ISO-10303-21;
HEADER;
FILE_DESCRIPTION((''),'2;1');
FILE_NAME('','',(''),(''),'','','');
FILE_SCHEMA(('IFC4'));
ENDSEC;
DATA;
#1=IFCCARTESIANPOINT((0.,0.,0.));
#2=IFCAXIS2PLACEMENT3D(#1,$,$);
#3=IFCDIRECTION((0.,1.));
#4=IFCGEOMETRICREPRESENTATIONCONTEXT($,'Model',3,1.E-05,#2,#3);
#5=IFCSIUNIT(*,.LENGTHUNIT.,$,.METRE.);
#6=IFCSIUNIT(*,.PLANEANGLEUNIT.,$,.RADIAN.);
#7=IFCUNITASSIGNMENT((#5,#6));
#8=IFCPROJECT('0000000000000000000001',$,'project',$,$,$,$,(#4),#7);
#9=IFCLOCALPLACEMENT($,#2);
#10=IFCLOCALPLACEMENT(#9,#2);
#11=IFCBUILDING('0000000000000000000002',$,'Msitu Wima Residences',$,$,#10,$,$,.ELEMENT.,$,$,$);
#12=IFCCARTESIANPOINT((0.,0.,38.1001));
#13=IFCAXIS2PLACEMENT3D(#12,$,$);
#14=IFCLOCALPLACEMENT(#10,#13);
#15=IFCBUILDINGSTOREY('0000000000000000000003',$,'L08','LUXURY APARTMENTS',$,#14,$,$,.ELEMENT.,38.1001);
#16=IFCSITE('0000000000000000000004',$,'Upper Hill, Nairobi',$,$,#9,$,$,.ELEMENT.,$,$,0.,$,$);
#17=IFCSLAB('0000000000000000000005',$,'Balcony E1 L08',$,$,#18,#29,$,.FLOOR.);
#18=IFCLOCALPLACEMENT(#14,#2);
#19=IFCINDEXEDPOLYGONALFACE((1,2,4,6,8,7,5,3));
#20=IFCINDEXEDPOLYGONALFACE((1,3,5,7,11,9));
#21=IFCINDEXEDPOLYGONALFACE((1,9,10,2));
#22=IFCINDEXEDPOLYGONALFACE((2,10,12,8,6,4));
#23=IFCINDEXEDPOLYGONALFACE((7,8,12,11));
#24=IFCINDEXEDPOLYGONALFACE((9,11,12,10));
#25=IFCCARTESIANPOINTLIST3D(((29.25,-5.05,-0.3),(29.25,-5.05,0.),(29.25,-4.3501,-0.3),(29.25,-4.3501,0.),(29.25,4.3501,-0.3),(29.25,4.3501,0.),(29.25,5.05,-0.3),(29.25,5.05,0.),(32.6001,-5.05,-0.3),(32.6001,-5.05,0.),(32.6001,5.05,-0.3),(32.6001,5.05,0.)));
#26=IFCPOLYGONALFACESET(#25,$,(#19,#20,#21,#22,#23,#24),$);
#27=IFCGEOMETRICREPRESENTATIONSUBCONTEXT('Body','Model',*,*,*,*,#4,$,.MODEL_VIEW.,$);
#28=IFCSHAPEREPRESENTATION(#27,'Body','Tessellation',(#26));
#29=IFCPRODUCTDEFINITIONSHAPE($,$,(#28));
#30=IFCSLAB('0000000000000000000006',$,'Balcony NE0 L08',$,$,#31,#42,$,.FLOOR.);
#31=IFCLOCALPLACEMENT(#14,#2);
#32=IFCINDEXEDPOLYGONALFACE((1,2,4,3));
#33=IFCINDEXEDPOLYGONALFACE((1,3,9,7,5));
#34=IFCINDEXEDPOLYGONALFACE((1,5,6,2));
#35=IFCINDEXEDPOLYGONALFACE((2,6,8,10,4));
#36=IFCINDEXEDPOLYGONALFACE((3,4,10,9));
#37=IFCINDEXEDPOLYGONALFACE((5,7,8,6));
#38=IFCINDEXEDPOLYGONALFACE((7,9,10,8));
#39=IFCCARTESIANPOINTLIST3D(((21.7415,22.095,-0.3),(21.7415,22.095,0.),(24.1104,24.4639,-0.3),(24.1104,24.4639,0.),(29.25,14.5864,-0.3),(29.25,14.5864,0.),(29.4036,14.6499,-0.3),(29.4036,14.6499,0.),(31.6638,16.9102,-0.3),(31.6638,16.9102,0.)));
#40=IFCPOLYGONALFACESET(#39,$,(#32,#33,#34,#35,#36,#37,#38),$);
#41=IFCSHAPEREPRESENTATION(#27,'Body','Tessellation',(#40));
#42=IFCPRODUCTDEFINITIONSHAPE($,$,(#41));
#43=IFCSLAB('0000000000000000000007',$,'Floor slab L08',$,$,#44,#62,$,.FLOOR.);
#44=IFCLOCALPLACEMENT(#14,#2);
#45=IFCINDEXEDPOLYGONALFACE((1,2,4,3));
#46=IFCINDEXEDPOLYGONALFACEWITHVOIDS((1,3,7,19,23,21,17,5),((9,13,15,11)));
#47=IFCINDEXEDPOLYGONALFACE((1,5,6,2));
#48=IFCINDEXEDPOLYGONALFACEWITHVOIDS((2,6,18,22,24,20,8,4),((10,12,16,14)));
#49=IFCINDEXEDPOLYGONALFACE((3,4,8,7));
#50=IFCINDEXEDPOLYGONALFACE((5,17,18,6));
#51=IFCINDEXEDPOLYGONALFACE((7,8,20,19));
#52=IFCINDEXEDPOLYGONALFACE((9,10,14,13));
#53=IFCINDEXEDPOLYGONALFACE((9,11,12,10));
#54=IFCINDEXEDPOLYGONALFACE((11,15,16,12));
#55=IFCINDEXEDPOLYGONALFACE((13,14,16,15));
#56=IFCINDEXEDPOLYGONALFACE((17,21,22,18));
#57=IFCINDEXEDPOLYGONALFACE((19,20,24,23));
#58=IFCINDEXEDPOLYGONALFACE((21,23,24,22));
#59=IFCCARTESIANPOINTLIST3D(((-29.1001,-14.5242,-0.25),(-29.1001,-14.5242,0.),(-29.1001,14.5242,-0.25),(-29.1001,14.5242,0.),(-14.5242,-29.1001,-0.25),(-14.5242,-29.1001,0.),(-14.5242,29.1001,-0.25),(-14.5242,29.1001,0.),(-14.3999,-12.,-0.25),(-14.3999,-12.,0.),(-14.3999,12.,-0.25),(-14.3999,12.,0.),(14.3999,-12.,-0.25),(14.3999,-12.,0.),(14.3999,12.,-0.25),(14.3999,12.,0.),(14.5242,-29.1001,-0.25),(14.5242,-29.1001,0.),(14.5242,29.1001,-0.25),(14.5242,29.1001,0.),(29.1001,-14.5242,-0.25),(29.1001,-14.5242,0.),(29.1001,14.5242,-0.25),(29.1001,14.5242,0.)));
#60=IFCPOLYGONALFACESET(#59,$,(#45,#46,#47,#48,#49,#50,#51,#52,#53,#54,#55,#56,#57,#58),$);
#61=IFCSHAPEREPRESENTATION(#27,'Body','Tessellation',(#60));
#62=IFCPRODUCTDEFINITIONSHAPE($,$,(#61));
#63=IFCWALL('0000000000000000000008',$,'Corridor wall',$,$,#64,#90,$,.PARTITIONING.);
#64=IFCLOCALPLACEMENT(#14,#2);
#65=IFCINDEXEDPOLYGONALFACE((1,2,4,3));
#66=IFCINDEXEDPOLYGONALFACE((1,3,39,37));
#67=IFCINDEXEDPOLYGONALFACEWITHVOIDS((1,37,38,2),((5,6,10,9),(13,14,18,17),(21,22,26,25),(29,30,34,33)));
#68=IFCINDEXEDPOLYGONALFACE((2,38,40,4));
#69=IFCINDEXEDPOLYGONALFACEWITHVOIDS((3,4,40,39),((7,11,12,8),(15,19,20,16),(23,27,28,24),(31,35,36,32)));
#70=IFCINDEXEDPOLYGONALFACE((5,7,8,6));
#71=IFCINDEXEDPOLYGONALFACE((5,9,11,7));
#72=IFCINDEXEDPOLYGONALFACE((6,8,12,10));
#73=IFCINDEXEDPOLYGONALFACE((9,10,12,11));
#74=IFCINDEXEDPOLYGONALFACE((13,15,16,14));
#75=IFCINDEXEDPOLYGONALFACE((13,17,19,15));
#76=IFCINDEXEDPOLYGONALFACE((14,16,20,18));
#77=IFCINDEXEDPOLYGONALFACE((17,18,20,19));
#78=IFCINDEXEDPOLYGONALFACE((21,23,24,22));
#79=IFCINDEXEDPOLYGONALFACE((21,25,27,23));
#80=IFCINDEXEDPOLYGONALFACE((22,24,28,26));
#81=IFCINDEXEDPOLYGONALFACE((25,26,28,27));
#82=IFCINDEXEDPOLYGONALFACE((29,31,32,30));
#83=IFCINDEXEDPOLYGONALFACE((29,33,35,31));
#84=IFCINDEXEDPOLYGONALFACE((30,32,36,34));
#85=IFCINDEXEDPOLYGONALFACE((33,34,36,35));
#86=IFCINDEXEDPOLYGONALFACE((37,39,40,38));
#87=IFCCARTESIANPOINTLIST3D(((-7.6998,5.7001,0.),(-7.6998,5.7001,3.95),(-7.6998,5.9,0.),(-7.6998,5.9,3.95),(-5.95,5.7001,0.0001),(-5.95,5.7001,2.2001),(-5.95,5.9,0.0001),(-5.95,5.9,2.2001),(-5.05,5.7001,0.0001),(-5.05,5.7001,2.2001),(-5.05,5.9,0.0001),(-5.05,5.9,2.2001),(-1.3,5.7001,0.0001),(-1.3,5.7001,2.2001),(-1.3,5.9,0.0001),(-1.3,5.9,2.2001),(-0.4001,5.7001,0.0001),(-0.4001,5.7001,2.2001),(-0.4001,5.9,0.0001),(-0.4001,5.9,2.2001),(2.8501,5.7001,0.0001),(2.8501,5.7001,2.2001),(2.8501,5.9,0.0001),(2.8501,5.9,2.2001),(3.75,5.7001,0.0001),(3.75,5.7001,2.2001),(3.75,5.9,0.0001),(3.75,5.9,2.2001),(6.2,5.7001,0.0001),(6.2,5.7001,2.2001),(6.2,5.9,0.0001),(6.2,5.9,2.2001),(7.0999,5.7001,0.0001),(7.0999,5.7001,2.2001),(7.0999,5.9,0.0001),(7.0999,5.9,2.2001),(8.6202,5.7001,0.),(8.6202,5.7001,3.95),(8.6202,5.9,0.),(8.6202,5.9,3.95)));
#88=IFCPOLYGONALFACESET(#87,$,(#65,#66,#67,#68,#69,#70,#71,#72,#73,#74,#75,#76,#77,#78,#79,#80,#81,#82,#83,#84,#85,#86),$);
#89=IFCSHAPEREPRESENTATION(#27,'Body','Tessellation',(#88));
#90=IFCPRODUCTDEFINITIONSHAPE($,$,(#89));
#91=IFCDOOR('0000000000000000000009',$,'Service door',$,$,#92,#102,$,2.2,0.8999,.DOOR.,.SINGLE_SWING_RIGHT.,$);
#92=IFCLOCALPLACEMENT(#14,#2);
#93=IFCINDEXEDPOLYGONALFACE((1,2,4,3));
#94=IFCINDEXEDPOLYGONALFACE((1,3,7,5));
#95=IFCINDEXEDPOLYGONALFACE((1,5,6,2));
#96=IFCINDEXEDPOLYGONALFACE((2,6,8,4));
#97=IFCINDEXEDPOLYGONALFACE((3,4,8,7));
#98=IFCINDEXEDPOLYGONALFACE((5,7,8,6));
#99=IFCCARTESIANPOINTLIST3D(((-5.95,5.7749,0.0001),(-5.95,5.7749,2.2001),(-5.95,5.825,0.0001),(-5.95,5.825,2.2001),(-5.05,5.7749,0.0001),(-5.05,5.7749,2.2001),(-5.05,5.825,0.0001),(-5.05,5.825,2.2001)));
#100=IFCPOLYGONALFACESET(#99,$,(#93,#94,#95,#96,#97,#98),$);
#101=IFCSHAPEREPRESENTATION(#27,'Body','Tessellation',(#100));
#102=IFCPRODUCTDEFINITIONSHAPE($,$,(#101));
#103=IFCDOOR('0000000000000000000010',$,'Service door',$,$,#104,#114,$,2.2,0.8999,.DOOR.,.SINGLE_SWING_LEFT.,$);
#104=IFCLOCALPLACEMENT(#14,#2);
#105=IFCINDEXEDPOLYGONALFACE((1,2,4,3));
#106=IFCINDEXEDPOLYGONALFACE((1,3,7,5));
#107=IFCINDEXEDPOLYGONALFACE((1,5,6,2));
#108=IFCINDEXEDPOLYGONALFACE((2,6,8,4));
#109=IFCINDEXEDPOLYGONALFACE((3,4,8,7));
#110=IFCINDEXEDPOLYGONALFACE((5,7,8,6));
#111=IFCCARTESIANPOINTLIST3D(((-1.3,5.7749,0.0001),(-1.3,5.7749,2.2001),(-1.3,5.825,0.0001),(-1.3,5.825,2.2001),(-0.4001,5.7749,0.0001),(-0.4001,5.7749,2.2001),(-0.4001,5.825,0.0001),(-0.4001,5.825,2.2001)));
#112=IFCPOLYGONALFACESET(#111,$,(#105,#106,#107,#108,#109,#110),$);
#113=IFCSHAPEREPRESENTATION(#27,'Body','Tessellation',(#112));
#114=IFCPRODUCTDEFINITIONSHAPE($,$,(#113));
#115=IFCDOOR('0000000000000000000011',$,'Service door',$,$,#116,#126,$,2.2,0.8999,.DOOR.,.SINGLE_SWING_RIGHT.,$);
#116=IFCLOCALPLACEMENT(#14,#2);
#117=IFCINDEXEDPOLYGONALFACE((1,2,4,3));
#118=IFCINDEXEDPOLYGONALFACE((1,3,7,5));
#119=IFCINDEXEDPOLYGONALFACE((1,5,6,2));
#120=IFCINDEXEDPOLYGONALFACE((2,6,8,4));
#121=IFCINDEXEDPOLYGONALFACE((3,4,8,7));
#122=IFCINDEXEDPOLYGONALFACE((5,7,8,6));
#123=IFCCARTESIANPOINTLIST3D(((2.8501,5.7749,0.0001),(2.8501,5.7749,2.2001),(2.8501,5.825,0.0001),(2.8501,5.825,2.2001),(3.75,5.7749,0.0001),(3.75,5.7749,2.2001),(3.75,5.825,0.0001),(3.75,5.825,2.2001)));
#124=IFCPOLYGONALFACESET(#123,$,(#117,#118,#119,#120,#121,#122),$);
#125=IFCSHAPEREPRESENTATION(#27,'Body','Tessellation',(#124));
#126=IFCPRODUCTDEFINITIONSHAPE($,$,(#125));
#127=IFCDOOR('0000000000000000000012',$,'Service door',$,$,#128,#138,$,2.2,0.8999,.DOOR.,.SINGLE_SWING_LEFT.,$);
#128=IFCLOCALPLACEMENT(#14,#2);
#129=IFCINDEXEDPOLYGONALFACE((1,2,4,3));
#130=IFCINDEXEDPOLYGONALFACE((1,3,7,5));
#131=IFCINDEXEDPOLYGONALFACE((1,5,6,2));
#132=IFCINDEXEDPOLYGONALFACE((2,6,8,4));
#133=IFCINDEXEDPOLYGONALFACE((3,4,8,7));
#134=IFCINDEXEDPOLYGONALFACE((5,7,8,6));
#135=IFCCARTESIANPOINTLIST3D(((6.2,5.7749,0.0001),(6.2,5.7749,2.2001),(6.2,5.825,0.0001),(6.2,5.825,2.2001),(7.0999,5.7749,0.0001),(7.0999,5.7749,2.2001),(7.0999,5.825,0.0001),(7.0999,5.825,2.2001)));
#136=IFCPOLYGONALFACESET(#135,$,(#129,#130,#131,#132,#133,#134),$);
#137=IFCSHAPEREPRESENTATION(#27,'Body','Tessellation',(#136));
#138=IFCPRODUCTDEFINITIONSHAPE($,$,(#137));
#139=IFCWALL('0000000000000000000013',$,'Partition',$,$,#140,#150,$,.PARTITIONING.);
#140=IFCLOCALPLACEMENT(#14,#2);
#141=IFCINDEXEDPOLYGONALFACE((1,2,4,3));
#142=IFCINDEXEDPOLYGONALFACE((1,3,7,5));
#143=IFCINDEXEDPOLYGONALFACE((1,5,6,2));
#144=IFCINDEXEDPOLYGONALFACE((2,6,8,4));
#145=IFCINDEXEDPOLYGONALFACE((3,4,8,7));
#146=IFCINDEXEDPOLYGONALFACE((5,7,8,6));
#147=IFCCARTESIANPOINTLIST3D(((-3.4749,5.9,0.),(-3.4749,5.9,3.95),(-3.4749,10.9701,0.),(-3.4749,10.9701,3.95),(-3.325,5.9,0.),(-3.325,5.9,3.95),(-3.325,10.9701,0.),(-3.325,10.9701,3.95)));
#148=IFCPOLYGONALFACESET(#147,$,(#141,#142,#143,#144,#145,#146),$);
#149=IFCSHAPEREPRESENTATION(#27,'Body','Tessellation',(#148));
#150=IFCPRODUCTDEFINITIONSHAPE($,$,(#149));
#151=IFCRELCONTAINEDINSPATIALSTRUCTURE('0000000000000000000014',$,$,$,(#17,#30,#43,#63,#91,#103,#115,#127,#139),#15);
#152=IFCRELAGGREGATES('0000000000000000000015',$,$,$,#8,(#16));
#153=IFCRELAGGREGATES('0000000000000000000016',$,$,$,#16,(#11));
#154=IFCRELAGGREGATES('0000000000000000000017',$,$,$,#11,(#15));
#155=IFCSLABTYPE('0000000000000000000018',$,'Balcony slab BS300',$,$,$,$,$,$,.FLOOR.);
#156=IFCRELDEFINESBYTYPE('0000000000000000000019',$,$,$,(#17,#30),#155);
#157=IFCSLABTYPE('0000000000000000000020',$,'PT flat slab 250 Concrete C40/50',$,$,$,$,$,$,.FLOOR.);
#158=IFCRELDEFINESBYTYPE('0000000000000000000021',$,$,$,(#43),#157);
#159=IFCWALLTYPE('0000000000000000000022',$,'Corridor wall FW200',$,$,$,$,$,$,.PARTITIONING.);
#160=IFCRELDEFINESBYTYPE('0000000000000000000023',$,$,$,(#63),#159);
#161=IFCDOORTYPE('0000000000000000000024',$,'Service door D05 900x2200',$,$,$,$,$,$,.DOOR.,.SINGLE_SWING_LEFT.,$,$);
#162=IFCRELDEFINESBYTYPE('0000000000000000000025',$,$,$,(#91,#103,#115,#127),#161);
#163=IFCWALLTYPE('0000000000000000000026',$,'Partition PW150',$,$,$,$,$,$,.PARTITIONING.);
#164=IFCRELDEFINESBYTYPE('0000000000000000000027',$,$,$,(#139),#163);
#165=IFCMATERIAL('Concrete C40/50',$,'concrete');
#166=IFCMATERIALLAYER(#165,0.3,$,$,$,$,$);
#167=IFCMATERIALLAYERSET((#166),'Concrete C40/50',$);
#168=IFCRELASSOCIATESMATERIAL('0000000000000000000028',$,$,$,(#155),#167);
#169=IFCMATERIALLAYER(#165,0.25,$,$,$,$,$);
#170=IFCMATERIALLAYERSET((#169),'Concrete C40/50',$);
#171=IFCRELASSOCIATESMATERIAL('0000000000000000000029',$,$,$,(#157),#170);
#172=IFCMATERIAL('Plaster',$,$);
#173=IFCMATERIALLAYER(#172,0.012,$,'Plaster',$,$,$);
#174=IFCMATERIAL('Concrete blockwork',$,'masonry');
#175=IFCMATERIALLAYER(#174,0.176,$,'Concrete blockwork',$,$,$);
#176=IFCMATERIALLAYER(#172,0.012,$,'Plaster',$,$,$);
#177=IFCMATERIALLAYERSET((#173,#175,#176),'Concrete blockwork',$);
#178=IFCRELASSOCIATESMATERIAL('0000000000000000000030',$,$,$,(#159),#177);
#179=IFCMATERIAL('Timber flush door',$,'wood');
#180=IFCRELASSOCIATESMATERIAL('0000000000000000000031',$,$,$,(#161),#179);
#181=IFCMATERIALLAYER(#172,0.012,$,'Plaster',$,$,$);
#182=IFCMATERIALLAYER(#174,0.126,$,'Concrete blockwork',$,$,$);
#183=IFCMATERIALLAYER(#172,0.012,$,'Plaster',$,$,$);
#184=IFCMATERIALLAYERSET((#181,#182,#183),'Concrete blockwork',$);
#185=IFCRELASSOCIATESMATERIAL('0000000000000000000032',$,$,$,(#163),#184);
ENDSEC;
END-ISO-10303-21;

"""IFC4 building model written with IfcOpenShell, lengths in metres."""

from ifc_helpers import new_model, si_unit, direction, frame, frame_2d, origin, place, context, subcontext, project, spatial, polyline, rectangle, outline, extrude, material, layer, layer_set, type_object, element, fill, save


model = new_model("IFC4")

# Units and contexts
model_context = context("Model", 3, precision=1e-05, world=origin(), true_north=direction((0.0, 1.0)))
body_context = subcontext(model_context, "Body", "Model", "MODEL_VIEW")
ifc_project = project(units=[si_unit("LENGTHUNIT", "METRE"), si_unit("PLANEANGLEUNIT", "RADIAN")], contexts=[model_context])

# Site, building, storey
site_placement = place(None, origin())
site = spatial("IfcSite", under=ifc_project, at=site_placement, Name="Upper Hill, Nairobi", CompositionType="ELEMENT", RefElevation=0.0)
building_placement = place(site_placement, origin())
building = spatial("IfcBuilding", under=site, at=building_placement, Name="Msitu Wima Residences", CompositionType="ELEMENT")
storey_placement = place(building_placement, frame((0.0, 0.0, 38.1001)))
storey = spatial("IfcBuildingStorey", under=building, at=storey_placement, Name="L08", Description="LUXURY APARTMENTS", CompositionType="ELEMENT", Elevation=38.1001)

# Slabs
ifc_material_1 = material(Name="Concrete C40/50", Category="concrete")
ifc_layer_1 = layer(ifc_material_1, 0.3)
ifc_layer_set_1 = layer_set([ifc_layer_1], Name="Concrete C40/50")
slab_type_1 = type_object("IfcSlabType", Name="Balcony slab BS300", PredefinedType="FLOOR", material=ifc_layer_set_1)
slab_1_placement = place(storey_placement, frame((0.0, 0.0, -0.3)))
element("IfcSlab", 1, at=slab_1_placement, inside=storey, type_object=slab_type_1, Name="Balcony E1 L08", PredefinedType="FLOOR", context=body_context, shape_type="SweptSolid", body=[
    extrude(outline(polyline([(29.25, -4.3501), (29.25, 4.3501), (29.25, 5.05), (32.6001, 5.05), (32.6001, -5.05), (29.25, -5.05), (29.25, -4.3501)])), origin(), (0.0, 0.0, 1.0), 0.3),
])
slab_2_placement = place(storey_placement, frame((0.0, 0.0, -0.3)))
element("IfcSlab", 2, at=slab_2_placement, inside=storey, type_object=slab_type_1, Name="Balcony NE0 L08", PredefinedType="FLOOR", context=body_context, shape_type="SweptSolid", body=[
    extrude(outline(polyline([(24.1104, 24.4639), (31.6638, 16.9102), (29.4036, 14.6499), (29.25, 14.5864), (21.7415, 22.095), (24.1104, 24.4639)])), origin(), (0.0, 0.0, 1.0), 0.3),
])
ifc_layer_2 = layer(ifc_material_1, 0.25)
ifc_layer_set_2 = layer_set([ifc_layer_2], Name="Concrete C40/50")
slab_type_2 = type_object("IfcSlabType", Name="PT flat slab 250 Concrete C40/50", PredefinedType="FLOOR", material=ifc_layer_set_2)
slab_3_placement = place(storey_placement, frame((0.0, 0.0, -0.25)))
element("IfcSlab", 3, at=slab_3_placement, inside=storey, type_object=slab_type_2, Name="Floor slab L08", PredefinedType="FLOOR", context=body_context, shape_type="SweptSolid", body=[
    extrude(outline(polyline([(29.1001, -14.5242), (14.5242, -29.1001), (-14.5242, -29.1001), (-29.1001, -14.5242), (-29.1001, 14.5242), (-14.5242, 29.1001), (14.5242, 29.1001), (29.1001, 14.5242), (29.1001, -14.5242)]), holes=[polyline([(-14.3999, -12.0), (14.3999, -12.0), (14.3999, 12.0), (-14.3999, 12.0), (-14.3999, -12.0)])]), origin(), (0.0, 0.0, 1.0), 0.25),
])

# Shared definitions
ifc_material_2 = material(Name="Plaster")
ifc_layer_3 = layer(ifc_material_2, 0.012, Name="Plaster")
ifc_material_3 = material(Name="Concrete blockwork", Category="masonry")
ifc_layer_4 = layer(ifc_material_3, 0.176, Name="Concrete blockwork")
ifc_layer_5 = layer(ifc_material_2, 0.012, Name="Plaster")
ifc_layer_set_3 = layer_set([ifc_layer_3, ifc_layer_4, ifc_layer_5], Name="Concrete blockwork")
wall_type_1 = type_object("IfcWallType", Name="Corridor wall FW200", PredefinedType="PARTITIONING", material=ifc_layer_set_3)

# Wall, openings, doors
wall_1_placement = place(storey_placement, frame((-7.7, 5.8, 0.0), z_axis=(0.0, 0.0, 1.0), x_axis=(1.0, 0.0, 0.0)))
wall_1 = element("IfcWall", 4, at=wall_1_placement, inside=storey, type_object=wall_type_1, Name="Corridor wall", PredefinedType="PARTITIONING", context=body_context, shape_type="SweptSolid", body=[
    extrude(rectangle(XDim=16.3201, YDim=0.2, at=frame_2d((8.1602, 0.0))), origin(), (0.0, 0.0, 1.0), 3.95),
])
opening_1_placement = place(wall_1_placement, frame((1.75, 0.0, 0.0)))
opening_1 = element("IfcOpeningElement", 5, at=opening_1_placement, cuts=wall_1, PredefinedType="OPENING", context=body_context, shape_type="SweptSolid", body=[
    extrude(rectangle(XDim=0.8999, YDim=2.2, at=frame_2d((0.45, 1.1001))), frame((0.0, 0.1099, 0.0), z_axis=(0.0, -1.0, 0.0), x_axis=(1.0, 0.0, 0.0)), (0.0, 0.0, 1.0), 0.22),
])
opening_2_placement = place(wall_1_placement, frame((6.3999, 0.0, 0.0)))
opening_2 = element("IfcOpeningElement", 6, at=opening_2_placement, cuts=wall_1, PredefinedType="OPENING", context=body_context, shape_type="SweptSolid", body=[
    extrude(rectangle(XDim=0.8999, YDim=2.2, at=frame_2d((0.45, 1.1001))), frame((0.0, 0.1099, 0.0), z_axis=(0.0, -1.0, 0.0), x_axis=(1.0, 0.0, 0.0)), (0.0, 0.0, 1.0), 0.22),
])
opening_3_placement = place(wall_1_placement, frame((10.55, 0.0, 0.0)))
opening_3 = element("IfcOpeningElement", 7, at=opening_3_placement, cuts=wall_1, PredefinedType="OPENING", context=body_context, shape_type="SweptSolid", body=[
    extrude(rectangle(XDim=0.8999, YDim=2.2, at=frame_2d((0.45, 1.1001))), frame((0.0, 0.1099, 0.0), z_axis=(0.0, -1.0, 0.0), x_axis=(1.0, 0.0, 0.0)), (0.0, 0.0, 1.0), 0.22),
])
opening_4_placement = place(wall_1_placement, frame((13.8999, 0.0, 0.0)))
opening_4 = element("IfcOpeningElement", 8, at=opening_4_placement, cuts=wall_1, PredefinedType="OPENING", context=body_context, shape_type="SweptSolid", body=[
    extrude(rectangle(XDim=0.8999, YDim=2.2, at=frame_2d((0.45, 1.1001))), frame((0.0, 0.1099, 0.0), z_axis=(0.0, -1.0, 0.0), x_axis=(1.0, 0.0, 0.0)), (0.0, 0.0, 1.0), 0.22),
])
ifc_material_4 = material(Name="Timber flush door", Category="wood")
door_type_1 = type_object("IfcDoorType", Name="Service door D05 900x2200", OperationType="SINGLE_SWING_LEFT", PredefinedType="DOOR", material=ifc_material_4)
door_1_placement = place(opening_1_placement, origin())
door_1 = element("IfcDoor", 9, at=door_1_placement, inside=storey, type_object=door_type_1, Name="Service door", OperationType="SINGLE_SWING_RIGHT", OverallHeight=2.2, OverallWidth=0.8999, PredefinedType="DOOR", context=body_context, shape_type="SweptSolid", body=[
    extrude(rectangle(XDim=0.8999, YDim=2.2, at=frame_2d((0.45, 1.1001))), frame((0.0, 0.0249, 0.0), z_axis=(0.0, -1.0, 0.0), x_axis=(1.0, 0.0, 0.0)), (0.0, 0.0, 1.0), 0.05),
])
fill(opening_1, door_1)
door_2_placement = place(opening_2_placement, origin())
door_2 = element("IfcDoor", 10, at=door_2_placement, inside=storey, type_object=door_type_1, Name="Service door", OperationType="SINGLE_SWING_LEFT", OverallHeight=2.2, OverallWidth=0.8999, PredefinedType="DOOR", context=body_context, shape_type="SweptSolid", body=[
    extrude(rectangle(XDim=0.8999, YDim=2.2, at=frame_2d((0.45, 1.1001))), frame((0.0, 0.0249, 0.0), z_axis=(0.0, -1.0, 0.0), x_axis=(1.0, 0.0, 0.0)), (0.0, 0.0, 1.0), 0.05),
])
fill(opening_2, door_2)
door_3_placement = place(opening_3_placement, origin())
door_3 = element("IfcDoor", 11, at=door_3_placement, inside=storey, type_object=door_type_1, Name="Service door", OperationType="SINGLE_SWING_RIGHT", OverallHeight=2.2, OverallWidth=0.8999, PredefinedType="DOOR", context=body_context, shape_type="SweptSolid", body=[
    extrude(rectangle(XDim=0.8999, YDim=2.2, at=frame_2d((0.45, 1.1001))), frame((0.0, 0.0249, 0.0), z_axis=(0.0, -1.0, 0.0), x_axis=(1.0, 0.0, 0.0)), (0.0, 0.0, 1.0), 0.05),
])
fill(opening_3, door_3)
door_4_placement = place(opening_4_placement, origin())
door_4 = element("IfcDoor", 12, at=door_4_placement, inside=storey, type_object=door_type_1, Name="Service door", OperationType="SINGLE_SWING_LEFT", OverallHeight=2.2, OverallWidth=0.8999, PredefinedType="DOOR", context=body_context, shape_type="SweptSolid", body=[
    extrude(rectangle(XDim=0.8999, YDim=2.2, at=frame_2d((0.45, 1.1001))), frame((0.0, 0.0249, 0.0), z_axis=(0.0, -1.0, 0.0), x_axis=(1.0, 0.0, 0.0)), (0.0, 0.0, 1.0), 0.05),
])
fill(opening_4, door_4)

# Wall
ifc_layer_6 = layer(ifc_material_2, 0.012, Name="Plaster")
ifc_layer_7 = layer(ifc_material_3, 0.126, Name="Concrete blockwork")
ifc_layer_8 = layer(ifc_material_2, 0.012, Name="Plaster")
ifc_layer_set_4 = layer_set([ifc_layer_6, ifc_layer_7, ifc_layer_8], Name="Concrete blockwork")
wall_type_2 = type_object("IfcWallType", Name="Partition PW150", PredefinedType="PARTITIONING", material=ifc_layer_set_4)
wall_2_placement = place(storey_placement, frame((-3.3999, 5.8999, 0.0), z_axis=(0.0, 0.0, 1.0), x_axis=(0.0, 1.0, 0.0)))
element("IfcWall", 13, at=wall_2_placement, inside=storey, type_object=wall_type_2, Name="Partition", PredefinedType="PARTITIONING", context=body_context, shape_type="SweptSolid", body=[
    extrude(rectangle(XDim=5.0701, YDim=0.1499, at=frame_2d((2.5352, 0.0))), origin(), (0.0, 0.0, 1.0), 3.95),
])

save(model, "model.ifc")
